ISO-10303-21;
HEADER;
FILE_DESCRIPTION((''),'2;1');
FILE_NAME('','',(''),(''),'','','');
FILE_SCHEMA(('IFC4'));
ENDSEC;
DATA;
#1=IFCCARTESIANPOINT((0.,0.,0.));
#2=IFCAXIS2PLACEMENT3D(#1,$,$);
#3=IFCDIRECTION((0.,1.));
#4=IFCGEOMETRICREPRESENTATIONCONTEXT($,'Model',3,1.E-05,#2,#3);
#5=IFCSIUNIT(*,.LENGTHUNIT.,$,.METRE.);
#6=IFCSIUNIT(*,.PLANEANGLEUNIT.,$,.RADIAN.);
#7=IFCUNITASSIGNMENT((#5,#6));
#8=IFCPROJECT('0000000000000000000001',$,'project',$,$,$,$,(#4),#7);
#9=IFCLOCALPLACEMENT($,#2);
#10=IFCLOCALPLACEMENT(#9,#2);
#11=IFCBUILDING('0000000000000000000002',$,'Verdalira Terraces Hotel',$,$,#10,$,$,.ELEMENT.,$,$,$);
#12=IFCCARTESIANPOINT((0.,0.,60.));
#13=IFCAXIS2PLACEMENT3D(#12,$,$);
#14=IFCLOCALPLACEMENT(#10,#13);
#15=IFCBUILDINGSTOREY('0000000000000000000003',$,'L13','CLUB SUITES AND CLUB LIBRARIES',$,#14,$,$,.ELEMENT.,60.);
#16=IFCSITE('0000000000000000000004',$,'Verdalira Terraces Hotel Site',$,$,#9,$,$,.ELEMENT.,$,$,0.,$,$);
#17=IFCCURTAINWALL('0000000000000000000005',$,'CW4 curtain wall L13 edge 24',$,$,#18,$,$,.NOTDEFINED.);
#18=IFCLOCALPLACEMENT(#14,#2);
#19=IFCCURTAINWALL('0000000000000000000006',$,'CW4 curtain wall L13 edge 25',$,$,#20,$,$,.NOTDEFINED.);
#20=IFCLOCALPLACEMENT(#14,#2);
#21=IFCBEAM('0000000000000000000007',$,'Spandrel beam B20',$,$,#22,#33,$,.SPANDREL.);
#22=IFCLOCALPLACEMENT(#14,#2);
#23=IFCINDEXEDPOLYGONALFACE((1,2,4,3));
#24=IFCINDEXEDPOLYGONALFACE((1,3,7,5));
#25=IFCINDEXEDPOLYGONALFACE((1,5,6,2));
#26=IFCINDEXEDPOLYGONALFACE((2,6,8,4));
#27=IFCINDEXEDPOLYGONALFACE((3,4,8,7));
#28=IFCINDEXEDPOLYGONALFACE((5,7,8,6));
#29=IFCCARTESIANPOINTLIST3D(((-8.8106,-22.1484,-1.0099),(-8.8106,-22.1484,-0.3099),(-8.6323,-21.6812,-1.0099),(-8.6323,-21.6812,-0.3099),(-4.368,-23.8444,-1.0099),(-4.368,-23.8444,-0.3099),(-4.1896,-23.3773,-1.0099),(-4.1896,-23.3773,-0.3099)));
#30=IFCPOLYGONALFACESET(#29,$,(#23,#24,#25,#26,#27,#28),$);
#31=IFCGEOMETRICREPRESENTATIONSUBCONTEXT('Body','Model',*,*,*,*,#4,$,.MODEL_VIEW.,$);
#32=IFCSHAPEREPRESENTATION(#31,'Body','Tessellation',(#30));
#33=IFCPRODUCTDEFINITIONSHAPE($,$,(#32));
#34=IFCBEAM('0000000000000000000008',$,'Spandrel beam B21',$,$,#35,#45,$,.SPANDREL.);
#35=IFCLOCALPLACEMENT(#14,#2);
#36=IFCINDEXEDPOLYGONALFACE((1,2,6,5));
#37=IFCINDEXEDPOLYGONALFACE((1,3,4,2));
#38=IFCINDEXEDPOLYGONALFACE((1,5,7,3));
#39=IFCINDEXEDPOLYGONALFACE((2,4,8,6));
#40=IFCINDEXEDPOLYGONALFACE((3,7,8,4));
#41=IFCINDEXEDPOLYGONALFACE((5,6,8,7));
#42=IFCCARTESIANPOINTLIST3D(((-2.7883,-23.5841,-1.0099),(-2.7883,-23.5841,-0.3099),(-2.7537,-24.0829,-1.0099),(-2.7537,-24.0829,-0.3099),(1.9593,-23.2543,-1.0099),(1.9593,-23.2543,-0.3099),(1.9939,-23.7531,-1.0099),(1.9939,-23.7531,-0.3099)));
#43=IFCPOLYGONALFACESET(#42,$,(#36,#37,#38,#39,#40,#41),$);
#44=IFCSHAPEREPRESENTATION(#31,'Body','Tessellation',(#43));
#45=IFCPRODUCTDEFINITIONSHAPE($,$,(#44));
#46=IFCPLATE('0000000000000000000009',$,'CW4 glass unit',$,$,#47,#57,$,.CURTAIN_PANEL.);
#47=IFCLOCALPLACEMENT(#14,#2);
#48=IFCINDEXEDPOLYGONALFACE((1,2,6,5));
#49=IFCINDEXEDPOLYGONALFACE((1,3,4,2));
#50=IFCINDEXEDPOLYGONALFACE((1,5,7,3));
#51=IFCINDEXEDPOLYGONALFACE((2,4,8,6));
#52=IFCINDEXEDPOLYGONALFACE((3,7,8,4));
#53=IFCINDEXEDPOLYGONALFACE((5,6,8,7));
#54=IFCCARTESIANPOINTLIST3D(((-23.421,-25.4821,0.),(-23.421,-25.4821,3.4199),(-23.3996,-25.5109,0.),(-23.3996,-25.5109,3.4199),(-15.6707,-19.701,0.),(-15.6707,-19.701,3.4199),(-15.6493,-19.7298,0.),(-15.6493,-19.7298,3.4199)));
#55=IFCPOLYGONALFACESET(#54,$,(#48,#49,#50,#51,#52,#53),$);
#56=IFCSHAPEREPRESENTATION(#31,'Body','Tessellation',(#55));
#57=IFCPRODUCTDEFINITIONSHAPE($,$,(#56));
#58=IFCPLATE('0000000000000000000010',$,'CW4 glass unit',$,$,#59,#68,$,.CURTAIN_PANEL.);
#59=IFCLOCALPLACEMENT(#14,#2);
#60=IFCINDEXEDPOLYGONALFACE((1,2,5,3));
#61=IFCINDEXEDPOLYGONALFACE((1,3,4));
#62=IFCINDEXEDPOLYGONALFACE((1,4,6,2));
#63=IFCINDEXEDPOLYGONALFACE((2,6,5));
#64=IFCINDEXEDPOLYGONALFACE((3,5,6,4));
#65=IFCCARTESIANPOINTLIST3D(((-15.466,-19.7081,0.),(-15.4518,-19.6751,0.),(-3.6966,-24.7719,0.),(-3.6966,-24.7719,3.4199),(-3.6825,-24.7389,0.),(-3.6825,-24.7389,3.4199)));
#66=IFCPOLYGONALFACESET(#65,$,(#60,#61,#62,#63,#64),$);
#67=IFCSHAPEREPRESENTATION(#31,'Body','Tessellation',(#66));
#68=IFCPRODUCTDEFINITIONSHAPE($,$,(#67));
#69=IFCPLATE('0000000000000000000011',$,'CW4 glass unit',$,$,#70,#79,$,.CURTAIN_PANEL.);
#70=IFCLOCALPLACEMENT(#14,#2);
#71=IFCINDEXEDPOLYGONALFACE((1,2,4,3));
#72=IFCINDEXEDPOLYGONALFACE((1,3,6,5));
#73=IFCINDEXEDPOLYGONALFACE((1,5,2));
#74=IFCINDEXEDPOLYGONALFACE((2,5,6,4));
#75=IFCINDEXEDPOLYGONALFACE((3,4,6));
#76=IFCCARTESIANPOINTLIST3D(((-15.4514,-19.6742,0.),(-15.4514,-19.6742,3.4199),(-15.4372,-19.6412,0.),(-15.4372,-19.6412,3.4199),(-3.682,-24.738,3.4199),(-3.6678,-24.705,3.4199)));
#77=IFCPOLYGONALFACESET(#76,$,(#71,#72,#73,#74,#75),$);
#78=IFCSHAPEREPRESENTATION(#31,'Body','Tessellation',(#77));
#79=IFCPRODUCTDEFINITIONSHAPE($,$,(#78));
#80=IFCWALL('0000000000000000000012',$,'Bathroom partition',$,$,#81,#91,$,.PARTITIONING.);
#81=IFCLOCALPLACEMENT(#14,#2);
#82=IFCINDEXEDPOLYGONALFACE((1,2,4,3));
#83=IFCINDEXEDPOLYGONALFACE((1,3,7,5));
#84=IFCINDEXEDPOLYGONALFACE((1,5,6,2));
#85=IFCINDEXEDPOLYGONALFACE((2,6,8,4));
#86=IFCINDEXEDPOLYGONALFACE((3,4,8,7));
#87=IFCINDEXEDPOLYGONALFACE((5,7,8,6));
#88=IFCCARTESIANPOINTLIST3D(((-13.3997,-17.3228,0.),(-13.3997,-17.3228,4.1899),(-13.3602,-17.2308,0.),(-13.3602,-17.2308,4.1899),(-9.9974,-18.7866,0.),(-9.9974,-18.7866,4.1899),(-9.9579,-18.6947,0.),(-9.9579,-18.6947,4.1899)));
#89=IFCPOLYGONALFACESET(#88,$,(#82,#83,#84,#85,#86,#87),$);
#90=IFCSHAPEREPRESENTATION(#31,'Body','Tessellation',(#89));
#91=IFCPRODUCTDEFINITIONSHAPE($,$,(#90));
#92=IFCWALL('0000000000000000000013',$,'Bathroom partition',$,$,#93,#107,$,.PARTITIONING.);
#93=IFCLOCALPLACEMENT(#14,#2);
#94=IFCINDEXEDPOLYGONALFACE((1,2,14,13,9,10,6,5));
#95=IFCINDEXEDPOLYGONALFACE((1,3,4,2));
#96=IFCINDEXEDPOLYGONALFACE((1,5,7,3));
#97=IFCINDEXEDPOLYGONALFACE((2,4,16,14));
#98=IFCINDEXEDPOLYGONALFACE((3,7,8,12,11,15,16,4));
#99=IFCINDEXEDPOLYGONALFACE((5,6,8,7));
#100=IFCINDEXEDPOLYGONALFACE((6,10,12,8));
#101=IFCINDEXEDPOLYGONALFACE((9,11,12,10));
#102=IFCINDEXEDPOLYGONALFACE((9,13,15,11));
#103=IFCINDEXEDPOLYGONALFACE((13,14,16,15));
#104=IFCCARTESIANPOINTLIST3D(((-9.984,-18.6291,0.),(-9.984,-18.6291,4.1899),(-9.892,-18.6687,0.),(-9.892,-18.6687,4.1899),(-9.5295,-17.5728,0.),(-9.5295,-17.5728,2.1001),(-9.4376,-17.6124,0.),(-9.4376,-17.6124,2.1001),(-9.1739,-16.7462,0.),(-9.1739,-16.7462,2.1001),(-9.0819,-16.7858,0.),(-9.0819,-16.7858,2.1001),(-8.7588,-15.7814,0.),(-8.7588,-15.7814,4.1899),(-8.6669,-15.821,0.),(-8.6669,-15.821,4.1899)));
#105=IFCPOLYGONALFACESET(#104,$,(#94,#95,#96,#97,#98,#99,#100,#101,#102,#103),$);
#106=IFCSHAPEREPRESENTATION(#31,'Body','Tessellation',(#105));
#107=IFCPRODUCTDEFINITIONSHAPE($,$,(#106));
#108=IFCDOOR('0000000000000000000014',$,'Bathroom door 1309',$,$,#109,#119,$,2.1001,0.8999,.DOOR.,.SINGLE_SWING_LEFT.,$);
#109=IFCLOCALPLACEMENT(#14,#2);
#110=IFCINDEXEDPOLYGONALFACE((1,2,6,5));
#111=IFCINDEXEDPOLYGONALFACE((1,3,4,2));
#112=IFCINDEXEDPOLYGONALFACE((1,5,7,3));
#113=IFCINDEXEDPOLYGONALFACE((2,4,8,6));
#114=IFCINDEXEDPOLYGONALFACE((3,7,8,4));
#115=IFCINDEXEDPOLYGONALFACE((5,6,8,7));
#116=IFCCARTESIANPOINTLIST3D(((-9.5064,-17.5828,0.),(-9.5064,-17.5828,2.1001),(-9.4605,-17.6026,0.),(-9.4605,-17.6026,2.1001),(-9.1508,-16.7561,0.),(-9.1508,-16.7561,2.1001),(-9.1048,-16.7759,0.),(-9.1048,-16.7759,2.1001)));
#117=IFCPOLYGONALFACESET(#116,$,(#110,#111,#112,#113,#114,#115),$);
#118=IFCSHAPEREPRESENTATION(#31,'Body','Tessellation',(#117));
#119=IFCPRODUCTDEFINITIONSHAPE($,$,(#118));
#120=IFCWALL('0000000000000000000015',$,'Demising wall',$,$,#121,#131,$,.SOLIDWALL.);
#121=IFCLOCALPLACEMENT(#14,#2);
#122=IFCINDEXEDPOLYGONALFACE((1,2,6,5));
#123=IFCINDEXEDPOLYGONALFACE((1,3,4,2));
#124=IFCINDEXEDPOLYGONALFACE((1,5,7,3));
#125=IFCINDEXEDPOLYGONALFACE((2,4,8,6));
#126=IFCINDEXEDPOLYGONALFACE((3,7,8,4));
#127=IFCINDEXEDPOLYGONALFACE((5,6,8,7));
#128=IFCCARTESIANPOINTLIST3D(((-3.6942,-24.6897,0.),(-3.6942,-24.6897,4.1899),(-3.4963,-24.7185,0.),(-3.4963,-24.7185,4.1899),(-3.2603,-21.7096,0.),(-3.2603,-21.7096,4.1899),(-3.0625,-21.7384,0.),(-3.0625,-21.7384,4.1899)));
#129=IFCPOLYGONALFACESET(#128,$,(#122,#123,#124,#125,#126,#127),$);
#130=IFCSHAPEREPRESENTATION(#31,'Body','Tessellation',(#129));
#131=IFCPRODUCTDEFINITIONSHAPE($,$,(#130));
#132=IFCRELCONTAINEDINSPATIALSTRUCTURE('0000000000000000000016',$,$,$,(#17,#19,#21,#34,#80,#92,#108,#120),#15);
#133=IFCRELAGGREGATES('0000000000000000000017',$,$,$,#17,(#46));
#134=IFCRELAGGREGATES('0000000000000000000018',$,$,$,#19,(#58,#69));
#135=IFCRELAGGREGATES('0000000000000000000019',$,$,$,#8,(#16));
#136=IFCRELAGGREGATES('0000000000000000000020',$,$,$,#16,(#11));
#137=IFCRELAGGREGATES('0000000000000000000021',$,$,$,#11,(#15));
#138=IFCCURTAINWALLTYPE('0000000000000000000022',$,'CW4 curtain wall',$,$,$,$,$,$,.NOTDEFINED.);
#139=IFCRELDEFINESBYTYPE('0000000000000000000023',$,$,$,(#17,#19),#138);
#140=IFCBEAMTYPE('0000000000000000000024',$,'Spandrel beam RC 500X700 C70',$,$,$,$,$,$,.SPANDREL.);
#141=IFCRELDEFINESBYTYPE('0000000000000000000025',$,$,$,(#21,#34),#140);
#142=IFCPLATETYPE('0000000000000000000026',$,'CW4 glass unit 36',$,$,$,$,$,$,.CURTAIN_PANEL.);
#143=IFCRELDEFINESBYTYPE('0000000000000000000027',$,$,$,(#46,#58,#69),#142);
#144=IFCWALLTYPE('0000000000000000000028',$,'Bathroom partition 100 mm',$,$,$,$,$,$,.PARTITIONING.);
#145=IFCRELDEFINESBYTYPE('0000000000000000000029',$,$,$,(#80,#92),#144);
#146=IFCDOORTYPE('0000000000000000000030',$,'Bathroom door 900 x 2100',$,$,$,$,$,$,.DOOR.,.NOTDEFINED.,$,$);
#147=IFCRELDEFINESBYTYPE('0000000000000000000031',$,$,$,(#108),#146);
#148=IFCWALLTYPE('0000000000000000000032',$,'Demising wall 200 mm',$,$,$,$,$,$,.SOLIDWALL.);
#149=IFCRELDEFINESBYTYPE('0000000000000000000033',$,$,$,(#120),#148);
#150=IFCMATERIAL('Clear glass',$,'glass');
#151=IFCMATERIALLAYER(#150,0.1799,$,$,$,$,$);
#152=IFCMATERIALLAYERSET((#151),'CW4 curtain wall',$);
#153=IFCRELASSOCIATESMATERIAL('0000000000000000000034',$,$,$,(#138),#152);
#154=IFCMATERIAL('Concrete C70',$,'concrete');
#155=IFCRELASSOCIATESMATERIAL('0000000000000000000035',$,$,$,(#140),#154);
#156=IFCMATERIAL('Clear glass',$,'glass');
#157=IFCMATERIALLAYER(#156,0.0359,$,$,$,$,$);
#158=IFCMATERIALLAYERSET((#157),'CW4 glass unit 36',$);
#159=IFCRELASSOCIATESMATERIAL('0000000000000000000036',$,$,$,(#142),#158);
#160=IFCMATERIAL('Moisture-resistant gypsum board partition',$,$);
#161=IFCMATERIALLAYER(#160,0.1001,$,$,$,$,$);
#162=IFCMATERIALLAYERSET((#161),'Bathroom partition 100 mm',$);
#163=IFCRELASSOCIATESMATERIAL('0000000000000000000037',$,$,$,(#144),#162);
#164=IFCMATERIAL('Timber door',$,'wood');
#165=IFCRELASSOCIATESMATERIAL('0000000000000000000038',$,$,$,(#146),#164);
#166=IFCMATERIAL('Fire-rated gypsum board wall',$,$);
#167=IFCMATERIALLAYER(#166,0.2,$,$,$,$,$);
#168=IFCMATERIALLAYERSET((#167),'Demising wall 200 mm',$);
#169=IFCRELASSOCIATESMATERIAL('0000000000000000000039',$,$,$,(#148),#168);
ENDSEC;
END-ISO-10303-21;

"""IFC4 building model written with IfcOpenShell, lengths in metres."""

from ifc_helpers import new_model, si_unit, direction, frame, frame_2d, origin, origin_2d, place, context, subcontext, project, spatial, polyline, rectangle, outline, extrude, material, layer, layer_set, material_profile, profile_set, type_object, element, fill, aggregate, save


model = new_model("IFC4")

# Units and contexts
model_context = context("Model", 3, precision=1e-05, world=origin(), true_north=direction((0.0, 1.0)))
body_context = subcontext(model_context, "Body", "Model", "MODEL_VIEW")
ifc_project = project(units=[si_unit("LENGTHUNIT", "METRE"), si_unit("PLANEANGLEUNIT", "RADIAN")], contexts=[model_context])

# Site, building, storey
site_placement = place(None, origin())
site = spatial("IfcSite", under=ifc_project, at=site_placement, Name="Verdalira Terraces Hotel Site", CompositionType="ELEMENT", RefElevation=0.0)
building_placement = place(site_placement, origin())
building = spatial("IfcBuilding", under=site, at=building_placement, Name="Verdalira Terraces Hotel", CompositionType="ELEMENT")
storey_placement = place(building_placement, frame((0.0, 0.0, 60.0)))
storey = spatial("IfcBuildingStorey", under=building, at=storey_placement, Name="L13", Description="CLUB SUITES AND CLUB LIBRARIES", CompositionType="ELEMENT", Elevation=60.0)

# Curtain wall
ifc_material_1 = material(Name="Clear glass", Category="glass")
ifc_layer_1 = layer(ifc_material_1, 0.1799)
ifc_layer_set_1 = layer_set([ifc_layer_1], Name="CW4 curtain wall")
curtain_wall_type = type_object("IfcCurtainWallType", Name="CW4 curtain wall", PredefinedType="NOTDEFINED", material=ifc_layer_set_1)
curtain_wall_1_placement = place(storey_placement, origin())
curtain_wall_1 = element("IfcCurtainWall", 1, at=curtain_wall_1_placement, inside=storey, type_object=curtain_wall_type, Name="CW4 curtain wall L13 edge 24", PredefinedType="NOTDEFINED")

# Curtain wall
curtain_wall_2_placement = place(storey_placement, origin())
curtain_wall_2 = element("IfcCurtainWall", 2, at=curtain_wall_2_placement, inside=storey, type_object=curtain_wall_type, Name="CW4 curtain wall L13 edge 25", PredefinedType="NOTDEFINED")

# Beams
ifc_material_2 = material(Name="Concrete C70", Category="concrete")
ifc_material_profile_1 = material_profile(ifc_material_2, rectangle(XDim=0.5, YDim=0.7, at=origin_2d()), Name="RC 500X700")
ifc_profile_set_1 = profile_set([ifc_material_profile_1], Name="Concrete C70")
beam_type = type_object("IfcBeamType", Name="Spandrel beam RC 500X700 C70", PredefinedType="SPANDREL", material=ifc_profile_set_1)
beam_1_placement = place(storey_placement, frame((-8.7214, -21.9148, -0.6599), z_axis=(0.934235, -0.356659, 0.0), x_axis=(0.356659, 0.934235, 0.0)))
element("IfcBeam", 3, at=beam_1_placement, inside=storey, type_object=beam_type, Name="Spandrel beam B20", PredefinedType="SPANDREL", context=body_context, shape_type="SweptSolid", body=[
    extrude(rectangle(XDim=0.5, YDim=0.7, at=origin_2d()), origin(), (0.0, 0.0, 1.0), 4.7554),
])
beam_2_placement = place(storey_placement, frame((-2.771, -23.8335, -0.6599), z_axis=(0.997595, 0.069307, 0.0), x_axis=(-0.069307, 0.997595, 0.0)))
element("IfcBeam", 4, at=beam_2_placement, inside=storey, type_object=beam_type, Name="Spandrel beam B21", PredefinedType="SPANDREL", context=body_context, shape_type="SweptSolid", body=[
    extrude(rectangle(XDim=0.5, YDim=0.7, at=origin_2d()), origin(), (0.0, 0.0, 1.0), 4.759),
])

# Plates
ifc_material_3 = material(Name="Clear glass", Category="glass")
ifc_layer_2 = layer(ifc_material_3, 0.0359)
ifc_layer_set_2 = layer_set([ifc_layer_2], Name="CW4 glass unit 36")
plate_type = type_object("IfcPlateType", Name="CW4 glass unit 36", PredefinedType="CURTAIN_PANEL", material=ifc_layer_set_2)
plate_1_placement = place(storey_placement, frame((-19.5352, -22.606, 0.0), z_axis=(0.0, 0.0, 1.0), x_axis=(0.801567, 0.597905, 0.0)))
plate_1 = element("IfcPlate", 5, at=plate_1_placement, type_object=plate_type, Name="CW4 glass unit", PredefinedType="CURTAIN_PANEL", context=body_context, shape_type="SweptSolid", body=[
    extrude(rectangle(XDim=9.6689, YDim=0.0359, at=origin_2d()), origin(), (0.0, 0.0, 1.0), 3.4199),
])
aggregate(curtain_wall_1, [plate_1])
plate_2_placement = place(storey_placement, frame((-9.5671, -22.207, 1.71), z_axis=(-0.395225, -0.918584, 0.0), x_axis=(0.918584, -0.395225, 0.0)))
plate_2 = element("IfcPlate", 6, at=plate_2_placement, type_object=plate_type, Name="CW4 glass unit", PredefinedType="CURTAIN_PANEL", context=body_context, shape_type="SweptSolid", body=[
    extrude(outline(polyline([(-6.4062, -1.71), (6.4062, -1.71), (6.4062, 1.71), (-6.4062, -1.71)])), origin(), (0.0, 0.0, 1.0), 0.0359),
])
plate_3_placement = place(storey_placement, frame((-9.5525, -22.1731, 1.71), z_axis=(-0.395225, -0.918584, 0.0), x_axis=(0.918584, -0.395225, 0.0)))
plate_3 = element("IfcPlate", 7, at=plate_3_placement, type_object=plate_type, Name="CW4 glass unit", PredefinedType="CURTAIN_PANEL", context=body_context, shape_type="SweptSolid", body=[
    extrude(outline(polyline([(-6.4062, -1.71), (6.4062, 1.71), (-6.4062, 1.71), (-6.4062, -1.71)])), origin(), (0.0, 0.0, 1.0), 0.0359),
])
aggregate(curtain_wall_2, [plate_2, plate_3])

# Wall
ifc_material_4 = material(Name="Moisture-resistant gypsum board partition")
ifc_layer_3 = layer(ifc_material_4, 0.1001)
ifc_layer_set_3 = layer_set([ifc_layer_3], Name="Bathroom partition 100 mm")
wall_type_1 = type_object("IfcWallType", Name="Bathroom partition 100 mm", PredefinedType="PARTITIONING", material=ifc_layer_set_3)
wall_1_placement = place(storey_placement, frame((-9.9775, -18.7407, 0.0), z_axis=(0.0, 0.0, 1.0), x_axis=(-0.918585, 0.395224, 0.0)))
element("IfcWall", 8, at=wall_1_placement, inside=storey, type_object=wall_type_1, Name="Bathroom partition", PredefinedType="PARTITIONING", context=body_context, shape_type="SweptSolid", body=[
    extrude(rectangle(XDim=3.7039, YDim=0.1001, at=frame_2d((1.8521, 0.0))), origin(), (0.0, 0.0, 1.0), 4.1899),
])

# Wall, opening, door
wall_2_placement = place(storey_placement, frame((-9.938, -18.6489, 0.0), z_axis=(0.0, 0.0, 1.0), x_axis=(0.395193, 0.918598, 0.0)))
wall_2 = element("IfcWall", 9, at=wall_2_placement, inside=storey, type_object=wall_type_1, Name="Bathroom partition", PredefinedType="PARTITIONING", context=body_context, shape_type="SweptSolid", body=[
    extrude(rectangle(XDim=3.1001, YDim=0.1001, at=frame_2d((1.55, 0.0))), origin(), (0.0, 0.0, 1.0), 4.1899),
])
opening_placement = place(wall_2_placement, frame((1.1499, 0.0, 0.0)))
opening = element("IfcOpeningElement", 10, at=opening_placement, cuts=wall_2, PredefinedType="OPENING", context=body_context, shape_type="SweptSolid", body=[
    extrude(rectangle(XDim=0.8999, YDim=2.1001, at=frame_2d((0.45, 1.05))), frame((0.0, 0.0601, 0.0), z_axis=(0.0, -1.0, 0.0), x_axis=(1.0, 0.0, 0.0)), (0.0, 0.0, 1.0), 0.1201),
])
ifc_material_5 = material(Name="Timber door", Category="wood")
door_type = type_object("IfcDoorType", Name="Bathroom door 900 x 2100", OperationType="NOTDEFINED", PredefinedType="DOOR", material=ifc_material_5)
door_placement = place(opening_placement, origin())
door = element("IfcDoor", 11, at=door_placement, inside=storey, type_object=door_type, Name="Bathroom door 1309", OperationType="SINGLE_SWING_LEFT", OverallHeight=2.1001, OverallWidth=0.8999, PredefinedType="DOOR", context=body_context, shape_type="SweptSolid", body=[
    extrude(rectangle(XDim=0.8999, YDim=2.1001, at=frame_2d((0.45, 1.05))), frame((0.0, 0.0249, 0.0), z_axis=(0.0, -1.0, 0.0), x_axis=(1.0, 0.0, 0.0)), (0.0, 0.0, 1.0), 0.05),
])
fill(opening, door)

# Wall
ifc_material_6 = material(Name="Fire-rated gypsum board wall")
ifc_layer_4 = layer(ifc_material_6, 0.2)
ifc_layer_set_4 = layer_set([ifc_layer_4], Name="Demising wall 200 mm")
wall_type_2 = type_object("IfcWallType", Name="Demising wall 200 mm", PredefinedType="SOLIDWALL", material=ifc_layer_set_4)
wall_3_placement = place(storey_placement, frame((-3.1614, -21.7239, 0.0), z_axis=(0.0, 0.0, 1.0), x_axis=(-0.144065, -0.989568, 0.0)))
element("IfcWall", 12, at=wall_3_placement, inside=storey, type_object=wall_type_2, Name="Demising wall", PredefinedType="SOLIDWALL", context=body_context, shape_type="SweptSolid", body=[
    extrude(rectangle(XDim=3.0115, YDim=0.2, at=frame_2d((1.5059, 0.0))), origin(), (0.0, 0.0, 1.0), 4.1899),
])

save(model, "model.ifc")
